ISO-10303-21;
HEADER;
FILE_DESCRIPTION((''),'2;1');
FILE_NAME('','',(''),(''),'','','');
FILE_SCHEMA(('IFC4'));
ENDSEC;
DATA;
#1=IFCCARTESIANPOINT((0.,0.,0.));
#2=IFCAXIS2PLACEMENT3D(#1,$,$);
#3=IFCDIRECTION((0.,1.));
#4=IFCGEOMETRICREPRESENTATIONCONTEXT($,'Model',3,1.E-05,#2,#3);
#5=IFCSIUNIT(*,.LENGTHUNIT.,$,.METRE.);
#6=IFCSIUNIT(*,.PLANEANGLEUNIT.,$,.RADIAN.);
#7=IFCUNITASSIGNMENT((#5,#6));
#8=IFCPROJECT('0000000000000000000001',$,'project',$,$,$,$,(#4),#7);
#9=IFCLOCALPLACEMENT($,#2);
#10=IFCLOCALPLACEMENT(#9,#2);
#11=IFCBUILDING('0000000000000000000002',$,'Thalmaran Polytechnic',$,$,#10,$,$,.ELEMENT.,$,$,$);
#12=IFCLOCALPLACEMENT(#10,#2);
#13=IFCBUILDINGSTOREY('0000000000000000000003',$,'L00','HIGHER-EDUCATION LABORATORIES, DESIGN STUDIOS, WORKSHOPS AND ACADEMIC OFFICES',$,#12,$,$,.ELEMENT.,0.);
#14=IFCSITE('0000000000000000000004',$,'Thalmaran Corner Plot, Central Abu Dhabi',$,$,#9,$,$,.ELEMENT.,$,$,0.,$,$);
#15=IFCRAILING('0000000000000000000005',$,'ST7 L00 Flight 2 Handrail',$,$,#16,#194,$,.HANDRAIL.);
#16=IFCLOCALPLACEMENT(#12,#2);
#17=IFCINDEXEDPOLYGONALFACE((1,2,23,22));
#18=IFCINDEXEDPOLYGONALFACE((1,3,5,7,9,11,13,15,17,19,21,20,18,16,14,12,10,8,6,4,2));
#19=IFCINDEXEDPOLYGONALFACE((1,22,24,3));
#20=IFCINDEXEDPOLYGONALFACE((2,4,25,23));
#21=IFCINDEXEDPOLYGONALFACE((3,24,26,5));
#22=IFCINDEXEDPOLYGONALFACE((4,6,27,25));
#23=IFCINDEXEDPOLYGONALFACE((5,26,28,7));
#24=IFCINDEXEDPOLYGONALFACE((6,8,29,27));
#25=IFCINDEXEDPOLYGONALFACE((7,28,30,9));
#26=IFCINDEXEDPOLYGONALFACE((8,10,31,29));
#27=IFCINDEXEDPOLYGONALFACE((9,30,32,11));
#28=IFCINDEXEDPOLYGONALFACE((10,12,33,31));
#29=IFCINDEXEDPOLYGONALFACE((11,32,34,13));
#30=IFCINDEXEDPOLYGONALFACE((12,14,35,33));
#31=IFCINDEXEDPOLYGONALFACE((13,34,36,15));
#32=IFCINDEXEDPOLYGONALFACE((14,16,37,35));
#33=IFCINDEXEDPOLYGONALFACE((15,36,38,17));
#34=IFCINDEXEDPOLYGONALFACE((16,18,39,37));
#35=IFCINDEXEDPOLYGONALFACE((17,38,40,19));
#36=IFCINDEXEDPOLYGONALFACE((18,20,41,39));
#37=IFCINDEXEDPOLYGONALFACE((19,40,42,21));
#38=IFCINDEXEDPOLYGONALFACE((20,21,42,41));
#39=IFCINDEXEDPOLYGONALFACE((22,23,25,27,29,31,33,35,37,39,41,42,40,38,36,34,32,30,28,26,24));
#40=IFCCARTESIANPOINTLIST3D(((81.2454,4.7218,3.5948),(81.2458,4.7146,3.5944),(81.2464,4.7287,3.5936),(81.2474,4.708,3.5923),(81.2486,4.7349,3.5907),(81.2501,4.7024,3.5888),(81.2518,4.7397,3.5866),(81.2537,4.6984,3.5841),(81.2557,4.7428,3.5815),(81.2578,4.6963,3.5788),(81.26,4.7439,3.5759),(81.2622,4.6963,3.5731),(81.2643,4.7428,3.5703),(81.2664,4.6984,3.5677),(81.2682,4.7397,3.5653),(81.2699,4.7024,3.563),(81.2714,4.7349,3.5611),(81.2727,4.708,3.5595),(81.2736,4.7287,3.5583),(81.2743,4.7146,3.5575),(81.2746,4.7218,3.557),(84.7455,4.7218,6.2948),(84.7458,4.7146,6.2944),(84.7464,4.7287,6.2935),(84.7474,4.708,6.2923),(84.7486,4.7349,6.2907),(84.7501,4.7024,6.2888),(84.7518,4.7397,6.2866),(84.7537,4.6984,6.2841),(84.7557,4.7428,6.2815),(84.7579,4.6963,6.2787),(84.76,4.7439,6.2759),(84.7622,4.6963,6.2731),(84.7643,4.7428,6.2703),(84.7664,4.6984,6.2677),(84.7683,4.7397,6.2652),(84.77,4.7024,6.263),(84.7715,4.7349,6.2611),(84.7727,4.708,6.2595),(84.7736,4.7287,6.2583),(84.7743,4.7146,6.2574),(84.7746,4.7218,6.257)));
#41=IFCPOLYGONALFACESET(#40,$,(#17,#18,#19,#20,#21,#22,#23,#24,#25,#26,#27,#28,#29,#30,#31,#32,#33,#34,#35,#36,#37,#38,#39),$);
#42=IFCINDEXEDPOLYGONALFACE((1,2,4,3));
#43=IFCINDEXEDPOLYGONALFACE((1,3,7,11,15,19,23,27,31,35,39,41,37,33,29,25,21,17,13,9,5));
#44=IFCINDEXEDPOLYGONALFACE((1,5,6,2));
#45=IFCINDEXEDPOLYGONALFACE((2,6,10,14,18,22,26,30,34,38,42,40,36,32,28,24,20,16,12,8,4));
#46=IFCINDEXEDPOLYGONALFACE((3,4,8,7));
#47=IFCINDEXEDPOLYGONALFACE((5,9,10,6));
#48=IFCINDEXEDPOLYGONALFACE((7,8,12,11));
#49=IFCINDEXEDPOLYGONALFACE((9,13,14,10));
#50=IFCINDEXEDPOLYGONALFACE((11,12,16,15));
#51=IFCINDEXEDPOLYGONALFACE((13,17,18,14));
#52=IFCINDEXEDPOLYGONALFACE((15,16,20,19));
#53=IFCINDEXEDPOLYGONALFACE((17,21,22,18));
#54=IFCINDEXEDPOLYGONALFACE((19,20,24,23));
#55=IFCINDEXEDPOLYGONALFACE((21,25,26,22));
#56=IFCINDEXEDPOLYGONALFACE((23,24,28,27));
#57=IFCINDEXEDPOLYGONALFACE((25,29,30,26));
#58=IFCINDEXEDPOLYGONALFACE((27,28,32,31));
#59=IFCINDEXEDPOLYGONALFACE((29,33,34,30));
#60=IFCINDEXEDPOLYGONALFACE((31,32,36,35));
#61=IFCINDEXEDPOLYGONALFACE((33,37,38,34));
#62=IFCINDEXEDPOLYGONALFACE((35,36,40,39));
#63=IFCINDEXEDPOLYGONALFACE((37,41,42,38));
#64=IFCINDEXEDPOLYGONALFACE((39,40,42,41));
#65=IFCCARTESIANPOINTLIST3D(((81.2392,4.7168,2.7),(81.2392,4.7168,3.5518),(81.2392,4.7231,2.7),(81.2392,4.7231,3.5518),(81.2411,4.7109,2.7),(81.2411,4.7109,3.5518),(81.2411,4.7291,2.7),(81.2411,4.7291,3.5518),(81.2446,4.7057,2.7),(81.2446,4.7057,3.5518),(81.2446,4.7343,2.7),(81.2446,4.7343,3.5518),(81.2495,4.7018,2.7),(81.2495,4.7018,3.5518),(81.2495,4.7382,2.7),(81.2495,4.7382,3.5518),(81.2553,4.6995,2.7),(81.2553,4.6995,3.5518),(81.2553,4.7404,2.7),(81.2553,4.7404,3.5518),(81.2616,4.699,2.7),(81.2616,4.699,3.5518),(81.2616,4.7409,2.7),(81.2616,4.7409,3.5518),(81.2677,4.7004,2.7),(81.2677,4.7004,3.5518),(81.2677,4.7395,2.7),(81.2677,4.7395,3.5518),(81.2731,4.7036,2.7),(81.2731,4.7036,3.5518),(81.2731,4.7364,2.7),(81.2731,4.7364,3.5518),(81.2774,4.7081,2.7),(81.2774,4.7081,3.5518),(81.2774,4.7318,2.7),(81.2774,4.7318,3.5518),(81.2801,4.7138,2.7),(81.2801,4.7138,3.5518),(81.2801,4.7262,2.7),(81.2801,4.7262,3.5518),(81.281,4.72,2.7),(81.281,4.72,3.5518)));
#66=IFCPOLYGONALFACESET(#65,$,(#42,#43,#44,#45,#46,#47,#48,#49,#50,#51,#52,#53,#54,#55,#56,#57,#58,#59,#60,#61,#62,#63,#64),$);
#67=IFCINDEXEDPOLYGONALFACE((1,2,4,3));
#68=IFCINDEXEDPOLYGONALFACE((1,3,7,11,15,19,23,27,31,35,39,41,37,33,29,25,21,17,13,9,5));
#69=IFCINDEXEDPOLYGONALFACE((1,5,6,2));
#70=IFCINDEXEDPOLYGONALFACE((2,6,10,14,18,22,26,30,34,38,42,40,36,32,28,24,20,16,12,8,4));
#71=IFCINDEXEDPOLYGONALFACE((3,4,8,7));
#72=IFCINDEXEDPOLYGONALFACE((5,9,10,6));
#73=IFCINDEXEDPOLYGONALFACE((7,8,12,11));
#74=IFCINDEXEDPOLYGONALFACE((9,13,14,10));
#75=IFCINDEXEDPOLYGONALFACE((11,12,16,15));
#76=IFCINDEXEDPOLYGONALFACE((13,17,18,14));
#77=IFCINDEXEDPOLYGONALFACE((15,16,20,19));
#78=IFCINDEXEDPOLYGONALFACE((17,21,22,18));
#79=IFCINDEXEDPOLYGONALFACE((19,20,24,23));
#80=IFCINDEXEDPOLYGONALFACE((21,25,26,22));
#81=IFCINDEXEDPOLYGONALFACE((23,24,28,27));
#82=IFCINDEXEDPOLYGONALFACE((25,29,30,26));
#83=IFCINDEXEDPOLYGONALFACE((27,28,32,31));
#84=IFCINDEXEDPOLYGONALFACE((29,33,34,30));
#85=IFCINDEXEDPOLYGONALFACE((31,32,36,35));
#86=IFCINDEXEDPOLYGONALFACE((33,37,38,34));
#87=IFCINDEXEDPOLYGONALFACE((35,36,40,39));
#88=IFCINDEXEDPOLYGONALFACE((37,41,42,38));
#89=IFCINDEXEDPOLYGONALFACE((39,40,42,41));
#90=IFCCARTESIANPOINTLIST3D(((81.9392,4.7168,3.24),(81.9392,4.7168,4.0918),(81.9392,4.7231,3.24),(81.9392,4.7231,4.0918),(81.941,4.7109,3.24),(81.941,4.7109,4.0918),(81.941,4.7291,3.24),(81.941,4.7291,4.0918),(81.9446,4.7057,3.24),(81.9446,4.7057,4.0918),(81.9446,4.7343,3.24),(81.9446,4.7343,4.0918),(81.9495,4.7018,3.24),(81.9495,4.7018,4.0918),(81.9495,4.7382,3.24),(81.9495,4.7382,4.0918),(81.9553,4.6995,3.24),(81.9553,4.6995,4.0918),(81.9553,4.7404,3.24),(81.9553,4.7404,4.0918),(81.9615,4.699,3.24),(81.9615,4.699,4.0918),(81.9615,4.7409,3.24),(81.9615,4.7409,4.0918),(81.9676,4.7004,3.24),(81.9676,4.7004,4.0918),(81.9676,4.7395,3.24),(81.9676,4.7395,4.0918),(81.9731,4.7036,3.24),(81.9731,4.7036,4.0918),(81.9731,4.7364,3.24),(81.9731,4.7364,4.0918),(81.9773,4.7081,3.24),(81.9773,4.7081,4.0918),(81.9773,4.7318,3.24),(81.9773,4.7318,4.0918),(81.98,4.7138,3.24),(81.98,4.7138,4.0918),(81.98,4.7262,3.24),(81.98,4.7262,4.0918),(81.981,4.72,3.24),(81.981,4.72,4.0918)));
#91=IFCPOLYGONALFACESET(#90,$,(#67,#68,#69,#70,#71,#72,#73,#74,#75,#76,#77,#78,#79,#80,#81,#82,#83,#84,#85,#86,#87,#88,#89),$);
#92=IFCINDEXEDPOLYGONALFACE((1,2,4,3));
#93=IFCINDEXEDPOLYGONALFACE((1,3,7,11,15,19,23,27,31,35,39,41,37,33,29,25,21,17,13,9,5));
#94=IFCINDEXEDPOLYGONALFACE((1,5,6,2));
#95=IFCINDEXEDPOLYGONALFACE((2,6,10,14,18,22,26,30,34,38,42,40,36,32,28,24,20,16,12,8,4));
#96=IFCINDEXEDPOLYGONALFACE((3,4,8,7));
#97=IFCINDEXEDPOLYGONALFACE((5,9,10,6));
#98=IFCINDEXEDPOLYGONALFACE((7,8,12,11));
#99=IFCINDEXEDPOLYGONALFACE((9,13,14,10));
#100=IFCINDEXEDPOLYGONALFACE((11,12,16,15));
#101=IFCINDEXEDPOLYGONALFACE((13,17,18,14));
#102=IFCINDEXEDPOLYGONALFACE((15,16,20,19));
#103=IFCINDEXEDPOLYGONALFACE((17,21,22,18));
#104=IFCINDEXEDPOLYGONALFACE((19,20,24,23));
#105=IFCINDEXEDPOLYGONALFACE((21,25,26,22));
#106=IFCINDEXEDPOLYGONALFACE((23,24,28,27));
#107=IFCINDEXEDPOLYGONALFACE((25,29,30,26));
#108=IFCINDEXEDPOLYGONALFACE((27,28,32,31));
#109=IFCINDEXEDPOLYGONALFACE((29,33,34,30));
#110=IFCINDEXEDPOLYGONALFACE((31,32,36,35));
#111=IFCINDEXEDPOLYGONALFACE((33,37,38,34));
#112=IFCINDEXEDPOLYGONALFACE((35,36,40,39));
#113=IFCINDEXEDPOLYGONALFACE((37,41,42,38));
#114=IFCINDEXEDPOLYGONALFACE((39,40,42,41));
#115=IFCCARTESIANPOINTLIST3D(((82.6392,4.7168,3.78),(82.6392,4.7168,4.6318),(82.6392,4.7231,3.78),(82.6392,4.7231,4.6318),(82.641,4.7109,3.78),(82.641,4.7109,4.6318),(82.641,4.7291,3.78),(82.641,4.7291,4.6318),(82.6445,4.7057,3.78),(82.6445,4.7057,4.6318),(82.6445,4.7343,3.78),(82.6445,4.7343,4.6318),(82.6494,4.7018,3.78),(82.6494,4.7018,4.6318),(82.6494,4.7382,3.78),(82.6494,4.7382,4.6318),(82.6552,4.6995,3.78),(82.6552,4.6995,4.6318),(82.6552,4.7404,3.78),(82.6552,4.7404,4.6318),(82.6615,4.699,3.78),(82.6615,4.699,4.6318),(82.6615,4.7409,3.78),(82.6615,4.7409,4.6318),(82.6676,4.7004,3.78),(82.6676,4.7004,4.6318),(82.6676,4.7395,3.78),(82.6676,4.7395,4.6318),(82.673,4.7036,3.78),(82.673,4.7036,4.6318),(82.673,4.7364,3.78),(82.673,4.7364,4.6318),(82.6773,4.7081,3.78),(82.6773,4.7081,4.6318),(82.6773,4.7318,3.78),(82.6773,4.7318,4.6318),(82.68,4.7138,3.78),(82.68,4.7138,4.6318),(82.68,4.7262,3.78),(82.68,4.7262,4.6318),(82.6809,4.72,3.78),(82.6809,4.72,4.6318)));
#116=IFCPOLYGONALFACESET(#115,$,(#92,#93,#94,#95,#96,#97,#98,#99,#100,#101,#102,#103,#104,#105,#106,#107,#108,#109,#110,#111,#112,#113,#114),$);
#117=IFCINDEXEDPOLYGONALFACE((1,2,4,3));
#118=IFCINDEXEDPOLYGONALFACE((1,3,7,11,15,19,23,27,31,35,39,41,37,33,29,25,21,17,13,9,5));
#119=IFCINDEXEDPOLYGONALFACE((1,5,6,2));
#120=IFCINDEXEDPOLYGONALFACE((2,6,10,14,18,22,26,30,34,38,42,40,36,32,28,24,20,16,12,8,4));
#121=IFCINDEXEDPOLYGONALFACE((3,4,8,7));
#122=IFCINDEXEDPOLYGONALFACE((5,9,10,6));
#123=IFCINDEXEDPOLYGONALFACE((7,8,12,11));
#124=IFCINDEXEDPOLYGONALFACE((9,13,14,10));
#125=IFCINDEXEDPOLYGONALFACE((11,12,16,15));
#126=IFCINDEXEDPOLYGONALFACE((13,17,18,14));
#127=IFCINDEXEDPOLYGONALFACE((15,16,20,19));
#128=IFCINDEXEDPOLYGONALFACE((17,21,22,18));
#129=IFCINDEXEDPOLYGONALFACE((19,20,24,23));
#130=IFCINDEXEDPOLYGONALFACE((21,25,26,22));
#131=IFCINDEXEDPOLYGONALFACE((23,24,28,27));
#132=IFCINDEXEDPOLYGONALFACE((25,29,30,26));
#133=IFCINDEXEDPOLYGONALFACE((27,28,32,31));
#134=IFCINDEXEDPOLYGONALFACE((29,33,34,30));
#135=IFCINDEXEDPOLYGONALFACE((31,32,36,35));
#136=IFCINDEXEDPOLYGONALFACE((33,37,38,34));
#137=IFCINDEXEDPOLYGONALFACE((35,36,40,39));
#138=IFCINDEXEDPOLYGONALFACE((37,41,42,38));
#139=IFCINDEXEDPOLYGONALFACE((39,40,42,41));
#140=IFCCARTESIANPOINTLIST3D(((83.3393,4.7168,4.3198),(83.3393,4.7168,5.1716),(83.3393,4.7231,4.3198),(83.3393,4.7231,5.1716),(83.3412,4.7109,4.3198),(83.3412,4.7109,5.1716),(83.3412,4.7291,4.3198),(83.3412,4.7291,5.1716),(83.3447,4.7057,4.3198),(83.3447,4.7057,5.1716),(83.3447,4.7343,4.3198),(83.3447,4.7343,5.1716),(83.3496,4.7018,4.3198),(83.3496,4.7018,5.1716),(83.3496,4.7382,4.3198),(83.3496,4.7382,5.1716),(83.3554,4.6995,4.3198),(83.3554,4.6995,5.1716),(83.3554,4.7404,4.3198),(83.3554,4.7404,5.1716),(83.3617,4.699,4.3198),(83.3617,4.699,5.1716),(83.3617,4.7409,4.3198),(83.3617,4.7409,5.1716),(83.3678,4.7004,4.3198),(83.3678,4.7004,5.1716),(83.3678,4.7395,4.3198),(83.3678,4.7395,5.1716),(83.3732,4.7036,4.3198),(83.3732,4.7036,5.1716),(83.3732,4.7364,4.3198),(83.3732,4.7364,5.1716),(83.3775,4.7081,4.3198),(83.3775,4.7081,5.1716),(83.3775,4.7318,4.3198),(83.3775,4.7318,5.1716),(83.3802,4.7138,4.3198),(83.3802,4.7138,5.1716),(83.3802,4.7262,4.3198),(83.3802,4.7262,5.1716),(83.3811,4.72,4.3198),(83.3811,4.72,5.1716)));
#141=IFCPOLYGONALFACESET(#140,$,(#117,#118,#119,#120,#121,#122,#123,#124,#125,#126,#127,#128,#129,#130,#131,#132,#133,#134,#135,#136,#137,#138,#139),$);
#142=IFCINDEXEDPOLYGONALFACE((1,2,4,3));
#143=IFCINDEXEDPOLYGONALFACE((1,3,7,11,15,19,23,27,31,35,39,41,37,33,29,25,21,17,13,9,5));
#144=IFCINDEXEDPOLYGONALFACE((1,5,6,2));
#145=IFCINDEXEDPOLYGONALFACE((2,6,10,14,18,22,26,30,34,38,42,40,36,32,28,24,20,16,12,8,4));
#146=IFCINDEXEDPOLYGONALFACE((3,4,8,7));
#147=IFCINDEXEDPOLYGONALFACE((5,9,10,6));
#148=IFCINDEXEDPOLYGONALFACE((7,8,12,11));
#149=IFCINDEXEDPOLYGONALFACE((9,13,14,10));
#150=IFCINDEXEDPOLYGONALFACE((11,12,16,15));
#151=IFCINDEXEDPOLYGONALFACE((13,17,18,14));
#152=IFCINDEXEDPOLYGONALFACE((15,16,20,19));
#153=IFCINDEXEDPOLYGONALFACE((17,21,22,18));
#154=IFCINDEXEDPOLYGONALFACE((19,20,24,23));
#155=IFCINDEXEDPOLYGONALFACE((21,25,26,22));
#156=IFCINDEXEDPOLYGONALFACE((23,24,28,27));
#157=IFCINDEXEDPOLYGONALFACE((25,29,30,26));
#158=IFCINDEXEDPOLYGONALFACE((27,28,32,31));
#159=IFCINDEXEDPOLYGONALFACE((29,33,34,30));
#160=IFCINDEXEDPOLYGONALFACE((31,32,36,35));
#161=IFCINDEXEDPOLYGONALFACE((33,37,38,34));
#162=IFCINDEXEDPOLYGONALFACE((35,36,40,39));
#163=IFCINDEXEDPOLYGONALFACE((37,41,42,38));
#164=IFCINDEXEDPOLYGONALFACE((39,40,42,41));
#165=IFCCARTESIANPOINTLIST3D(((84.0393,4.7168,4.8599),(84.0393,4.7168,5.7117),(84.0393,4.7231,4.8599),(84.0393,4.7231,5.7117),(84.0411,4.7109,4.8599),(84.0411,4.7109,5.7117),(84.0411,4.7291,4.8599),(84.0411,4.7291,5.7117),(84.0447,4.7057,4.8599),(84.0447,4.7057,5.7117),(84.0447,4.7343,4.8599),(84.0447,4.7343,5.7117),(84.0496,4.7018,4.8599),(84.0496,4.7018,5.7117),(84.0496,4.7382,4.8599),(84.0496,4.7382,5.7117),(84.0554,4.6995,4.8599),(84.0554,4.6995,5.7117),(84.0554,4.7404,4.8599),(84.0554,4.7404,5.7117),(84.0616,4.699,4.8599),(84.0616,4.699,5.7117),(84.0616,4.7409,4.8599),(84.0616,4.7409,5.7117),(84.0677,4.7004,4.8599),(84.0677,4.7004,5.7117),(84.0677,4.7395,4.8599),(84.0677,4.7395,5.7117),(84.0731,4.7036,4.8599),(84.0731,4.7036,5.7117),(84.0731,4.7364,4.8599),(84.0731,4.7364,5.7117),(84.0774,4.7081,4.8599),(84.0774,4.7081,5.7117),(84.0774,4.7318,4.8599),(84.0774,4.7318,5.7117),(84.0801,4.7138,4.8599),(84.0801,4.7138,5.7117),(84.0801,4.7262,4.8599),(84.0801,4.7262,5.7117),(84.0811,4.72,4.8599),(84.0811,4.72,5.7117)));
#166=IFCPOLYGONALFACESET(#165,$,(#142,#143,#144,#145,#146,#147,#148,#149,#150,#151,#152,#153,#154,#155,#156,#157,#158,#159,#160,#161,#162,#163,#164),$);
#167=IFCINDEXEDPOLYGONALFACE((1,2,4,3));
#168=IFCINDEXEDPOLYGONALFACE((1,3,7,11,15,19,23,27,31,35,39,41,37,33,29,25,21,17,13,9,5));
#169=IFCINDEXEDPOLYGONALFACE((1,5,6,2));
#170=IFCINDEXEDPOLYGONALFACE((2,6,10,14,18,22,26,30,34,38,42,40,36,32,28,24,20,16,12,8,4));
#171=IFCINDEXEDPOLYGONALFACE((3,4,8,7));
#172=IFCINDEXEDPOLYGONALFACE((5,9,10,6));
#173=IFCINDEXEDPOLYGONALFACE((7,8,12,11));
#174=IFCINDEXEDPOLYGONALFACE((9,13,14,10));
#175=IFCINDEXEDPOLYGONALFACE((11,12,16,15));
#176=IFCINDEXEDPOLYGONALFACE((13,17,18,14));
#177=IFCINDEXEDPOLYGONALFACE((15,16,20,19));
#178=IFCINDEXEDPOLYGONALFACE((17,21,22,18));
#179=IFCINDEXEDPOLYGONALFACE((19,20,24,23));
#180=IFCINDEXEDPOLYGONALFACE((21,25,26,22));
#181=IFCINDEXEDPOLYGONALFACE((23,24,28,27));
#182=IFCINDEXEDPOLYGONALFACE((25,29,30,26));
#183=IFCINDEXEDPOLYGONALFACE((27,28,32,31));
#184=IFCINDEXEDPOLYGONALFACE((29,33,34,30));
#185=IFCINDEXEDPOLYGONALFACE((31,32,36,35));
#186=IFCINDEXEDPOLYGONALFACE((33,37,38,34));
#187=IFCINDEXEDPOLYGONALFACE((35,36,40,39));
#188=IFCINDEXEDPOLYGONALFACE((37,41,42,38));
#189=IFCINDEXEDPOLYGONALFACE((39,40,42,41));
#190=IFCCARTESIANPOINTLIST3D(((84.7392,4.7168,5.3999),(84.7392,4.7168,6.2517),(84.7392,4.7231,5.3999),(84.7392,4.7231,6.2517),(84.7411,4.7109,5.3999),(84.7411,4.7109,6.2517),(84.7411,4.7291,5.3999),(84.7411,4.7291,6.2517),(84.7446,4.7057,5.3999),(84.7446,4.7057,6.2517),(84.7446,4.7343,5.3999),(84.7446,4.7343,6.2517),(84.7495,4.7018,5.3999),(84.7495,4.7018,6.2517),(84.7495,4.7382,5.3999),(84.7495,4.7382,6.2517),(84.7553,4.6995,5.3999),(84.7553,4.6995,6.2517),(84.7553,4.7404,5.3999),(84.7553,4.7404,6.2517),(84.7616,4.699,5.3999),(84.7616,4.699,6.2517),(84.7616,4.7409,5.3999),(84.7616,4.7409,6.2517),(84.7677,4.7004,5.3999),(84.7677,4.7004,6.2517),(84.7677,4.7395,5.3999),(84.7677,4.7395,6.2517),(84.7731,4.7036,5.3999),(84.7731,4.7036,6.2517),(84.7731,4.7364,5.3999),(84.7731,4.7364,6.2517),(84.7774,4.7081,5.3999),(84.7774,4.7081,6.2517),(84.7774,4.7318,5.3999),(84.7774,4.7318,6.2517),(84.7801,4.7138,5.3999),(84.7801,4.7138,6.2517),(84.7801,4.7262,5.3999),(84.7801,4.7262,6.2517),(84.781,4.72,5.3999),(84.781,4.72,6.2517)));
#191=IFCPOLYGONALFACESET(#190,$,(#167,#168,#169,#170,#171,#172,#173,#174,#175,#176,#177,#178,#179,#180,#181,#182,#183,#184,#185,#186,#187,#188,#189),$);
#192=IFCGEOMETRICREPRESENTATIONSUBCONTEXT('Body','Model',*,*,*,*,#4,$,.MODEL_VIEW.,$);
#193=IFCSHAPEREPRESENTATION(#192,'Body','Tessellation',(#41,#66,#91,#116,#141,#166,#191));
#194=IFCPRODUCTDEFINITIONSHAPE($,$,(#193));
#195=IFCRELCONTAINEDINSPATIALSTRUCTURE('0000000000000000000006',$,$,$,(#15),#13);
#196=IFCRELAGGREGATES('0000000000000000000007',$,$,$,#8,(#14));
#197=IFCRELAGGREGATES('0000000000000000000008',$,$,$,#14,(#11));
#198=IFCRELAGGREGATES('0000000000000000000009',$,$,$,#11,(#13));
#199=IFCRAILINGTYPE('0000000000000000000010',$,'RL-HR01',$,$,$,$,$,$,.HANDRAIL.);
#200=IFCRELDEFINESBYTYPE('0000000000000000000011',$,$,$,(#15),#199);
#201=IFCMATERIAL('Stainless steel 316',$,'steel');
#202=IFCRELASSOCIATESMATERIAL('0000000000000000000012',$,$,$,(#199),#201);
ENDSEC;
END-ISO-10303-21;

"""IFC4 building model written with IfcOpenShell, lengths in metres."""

from ifc_helpers import new_model, si_unit, direction, frame, origin, origin_2d, place, context, subcontext, project, spatial, circle, extrude, material, type_object, element, save


model = new_model("IFC4")

# Units and contexts
model_context = context("Model", 3, precision=1e-05, world=origin(), true_north=direction((0.0, 1.0)))
body_context = subcontext(model_context, "Body", "Model", "MODEL_VIEW")
ifc_project = project(units=[si_unit("LENGTHUNIT", "METRE"), si_unit("PLANEANGLEUNIT", "RADIAN")], contexts=[model_context])

# Site, building, storey
site_placement = place(None, origin())
site = spatial("IfcSite", under=ifc_project, at=site_placement, Name="Thalmaran Corner Plot, Central Abu Dhabi", CompositionType="ELEMENT", RefElevation=0.0)
building_placement = place(site_placement, origin())
building = spatial("IfcBuilding", under=site, at=building_placement, Name="Thalmaran Polytechnic", CompositionType="ELEMENT")
storey_placement = place(building_placement, origin())
storey = spatial("IfcBuildingStorey", under=building, at=storey_placement, Name="L00", Description="HIGHER-EDUCATION LABORATORIES, DESIGN STUDIOS, WORKSHOPS AND ACADEMIC OFFICES", CompositionType="ELEMENT", Elevation=0.0)

# Railing
ifc_material_1 = material(Name="Stainless steel 316", Category="steel")
railing_type = type_object("IfcRailingType", Name="RL-HR01", PredefinedType="HANDRAIL", material=ifc_material_1)
railing_placement = place(storey_placement, frame((81.26, 4.72, 2.7)))
element("IfcRailing", 1, at=railing_placement, inside=storey, type_object=railing_type, Name="ST7 L00 Flight 2 Handrail", PredefinedType="HANDRAIL", context=body_context, shape_type="SweptSolid", body=[
    extrude(circle(Radius=0.0239, at=origin_2d()), frame((0.0, 0.0, 0.876), z_axis=(0.791788, 0.0, 0.610797), x_axis=(0.0, 1.0, 0.0)), (0.0, 0.0, 1.0), 4.4204),
    extrude(circle(Radius=0.021, at=origin_2d()), origin(), (0.0, 0.0, 1.0), 0.8518),
    extrude(circle(Radius=0.021, at=origin_2d()), frame((0.7, 0.0, 0.54)), (0.0, 0.0, 1.0), 0.8518),
    extrude(circle(Radius=0.021, at=origin_2d()), frame((1.3999, 0.0, 1.0801)), (0.0, 0.0, 1.0), 0.8518),
    extrude(circle(Radius=0.021, at=origin_2d()), frame((2.1001, 0.0, 1.6199)), (0.0, 0.0, 1.0), 0.8518),
    extrude(circle(Radius=0.021, at=origin_2d()), frame((2.8, 0.0, 2.1599)), (0.0, 0.0, 1.0), 0.8518),
    extrude(circle(Radius=0.021, at=origin_2d()), frame((3.5, 0.0, 2.7)), (0.0, 0.0, 1.0), 0.8518),
])

save(model, "model.ifc")
